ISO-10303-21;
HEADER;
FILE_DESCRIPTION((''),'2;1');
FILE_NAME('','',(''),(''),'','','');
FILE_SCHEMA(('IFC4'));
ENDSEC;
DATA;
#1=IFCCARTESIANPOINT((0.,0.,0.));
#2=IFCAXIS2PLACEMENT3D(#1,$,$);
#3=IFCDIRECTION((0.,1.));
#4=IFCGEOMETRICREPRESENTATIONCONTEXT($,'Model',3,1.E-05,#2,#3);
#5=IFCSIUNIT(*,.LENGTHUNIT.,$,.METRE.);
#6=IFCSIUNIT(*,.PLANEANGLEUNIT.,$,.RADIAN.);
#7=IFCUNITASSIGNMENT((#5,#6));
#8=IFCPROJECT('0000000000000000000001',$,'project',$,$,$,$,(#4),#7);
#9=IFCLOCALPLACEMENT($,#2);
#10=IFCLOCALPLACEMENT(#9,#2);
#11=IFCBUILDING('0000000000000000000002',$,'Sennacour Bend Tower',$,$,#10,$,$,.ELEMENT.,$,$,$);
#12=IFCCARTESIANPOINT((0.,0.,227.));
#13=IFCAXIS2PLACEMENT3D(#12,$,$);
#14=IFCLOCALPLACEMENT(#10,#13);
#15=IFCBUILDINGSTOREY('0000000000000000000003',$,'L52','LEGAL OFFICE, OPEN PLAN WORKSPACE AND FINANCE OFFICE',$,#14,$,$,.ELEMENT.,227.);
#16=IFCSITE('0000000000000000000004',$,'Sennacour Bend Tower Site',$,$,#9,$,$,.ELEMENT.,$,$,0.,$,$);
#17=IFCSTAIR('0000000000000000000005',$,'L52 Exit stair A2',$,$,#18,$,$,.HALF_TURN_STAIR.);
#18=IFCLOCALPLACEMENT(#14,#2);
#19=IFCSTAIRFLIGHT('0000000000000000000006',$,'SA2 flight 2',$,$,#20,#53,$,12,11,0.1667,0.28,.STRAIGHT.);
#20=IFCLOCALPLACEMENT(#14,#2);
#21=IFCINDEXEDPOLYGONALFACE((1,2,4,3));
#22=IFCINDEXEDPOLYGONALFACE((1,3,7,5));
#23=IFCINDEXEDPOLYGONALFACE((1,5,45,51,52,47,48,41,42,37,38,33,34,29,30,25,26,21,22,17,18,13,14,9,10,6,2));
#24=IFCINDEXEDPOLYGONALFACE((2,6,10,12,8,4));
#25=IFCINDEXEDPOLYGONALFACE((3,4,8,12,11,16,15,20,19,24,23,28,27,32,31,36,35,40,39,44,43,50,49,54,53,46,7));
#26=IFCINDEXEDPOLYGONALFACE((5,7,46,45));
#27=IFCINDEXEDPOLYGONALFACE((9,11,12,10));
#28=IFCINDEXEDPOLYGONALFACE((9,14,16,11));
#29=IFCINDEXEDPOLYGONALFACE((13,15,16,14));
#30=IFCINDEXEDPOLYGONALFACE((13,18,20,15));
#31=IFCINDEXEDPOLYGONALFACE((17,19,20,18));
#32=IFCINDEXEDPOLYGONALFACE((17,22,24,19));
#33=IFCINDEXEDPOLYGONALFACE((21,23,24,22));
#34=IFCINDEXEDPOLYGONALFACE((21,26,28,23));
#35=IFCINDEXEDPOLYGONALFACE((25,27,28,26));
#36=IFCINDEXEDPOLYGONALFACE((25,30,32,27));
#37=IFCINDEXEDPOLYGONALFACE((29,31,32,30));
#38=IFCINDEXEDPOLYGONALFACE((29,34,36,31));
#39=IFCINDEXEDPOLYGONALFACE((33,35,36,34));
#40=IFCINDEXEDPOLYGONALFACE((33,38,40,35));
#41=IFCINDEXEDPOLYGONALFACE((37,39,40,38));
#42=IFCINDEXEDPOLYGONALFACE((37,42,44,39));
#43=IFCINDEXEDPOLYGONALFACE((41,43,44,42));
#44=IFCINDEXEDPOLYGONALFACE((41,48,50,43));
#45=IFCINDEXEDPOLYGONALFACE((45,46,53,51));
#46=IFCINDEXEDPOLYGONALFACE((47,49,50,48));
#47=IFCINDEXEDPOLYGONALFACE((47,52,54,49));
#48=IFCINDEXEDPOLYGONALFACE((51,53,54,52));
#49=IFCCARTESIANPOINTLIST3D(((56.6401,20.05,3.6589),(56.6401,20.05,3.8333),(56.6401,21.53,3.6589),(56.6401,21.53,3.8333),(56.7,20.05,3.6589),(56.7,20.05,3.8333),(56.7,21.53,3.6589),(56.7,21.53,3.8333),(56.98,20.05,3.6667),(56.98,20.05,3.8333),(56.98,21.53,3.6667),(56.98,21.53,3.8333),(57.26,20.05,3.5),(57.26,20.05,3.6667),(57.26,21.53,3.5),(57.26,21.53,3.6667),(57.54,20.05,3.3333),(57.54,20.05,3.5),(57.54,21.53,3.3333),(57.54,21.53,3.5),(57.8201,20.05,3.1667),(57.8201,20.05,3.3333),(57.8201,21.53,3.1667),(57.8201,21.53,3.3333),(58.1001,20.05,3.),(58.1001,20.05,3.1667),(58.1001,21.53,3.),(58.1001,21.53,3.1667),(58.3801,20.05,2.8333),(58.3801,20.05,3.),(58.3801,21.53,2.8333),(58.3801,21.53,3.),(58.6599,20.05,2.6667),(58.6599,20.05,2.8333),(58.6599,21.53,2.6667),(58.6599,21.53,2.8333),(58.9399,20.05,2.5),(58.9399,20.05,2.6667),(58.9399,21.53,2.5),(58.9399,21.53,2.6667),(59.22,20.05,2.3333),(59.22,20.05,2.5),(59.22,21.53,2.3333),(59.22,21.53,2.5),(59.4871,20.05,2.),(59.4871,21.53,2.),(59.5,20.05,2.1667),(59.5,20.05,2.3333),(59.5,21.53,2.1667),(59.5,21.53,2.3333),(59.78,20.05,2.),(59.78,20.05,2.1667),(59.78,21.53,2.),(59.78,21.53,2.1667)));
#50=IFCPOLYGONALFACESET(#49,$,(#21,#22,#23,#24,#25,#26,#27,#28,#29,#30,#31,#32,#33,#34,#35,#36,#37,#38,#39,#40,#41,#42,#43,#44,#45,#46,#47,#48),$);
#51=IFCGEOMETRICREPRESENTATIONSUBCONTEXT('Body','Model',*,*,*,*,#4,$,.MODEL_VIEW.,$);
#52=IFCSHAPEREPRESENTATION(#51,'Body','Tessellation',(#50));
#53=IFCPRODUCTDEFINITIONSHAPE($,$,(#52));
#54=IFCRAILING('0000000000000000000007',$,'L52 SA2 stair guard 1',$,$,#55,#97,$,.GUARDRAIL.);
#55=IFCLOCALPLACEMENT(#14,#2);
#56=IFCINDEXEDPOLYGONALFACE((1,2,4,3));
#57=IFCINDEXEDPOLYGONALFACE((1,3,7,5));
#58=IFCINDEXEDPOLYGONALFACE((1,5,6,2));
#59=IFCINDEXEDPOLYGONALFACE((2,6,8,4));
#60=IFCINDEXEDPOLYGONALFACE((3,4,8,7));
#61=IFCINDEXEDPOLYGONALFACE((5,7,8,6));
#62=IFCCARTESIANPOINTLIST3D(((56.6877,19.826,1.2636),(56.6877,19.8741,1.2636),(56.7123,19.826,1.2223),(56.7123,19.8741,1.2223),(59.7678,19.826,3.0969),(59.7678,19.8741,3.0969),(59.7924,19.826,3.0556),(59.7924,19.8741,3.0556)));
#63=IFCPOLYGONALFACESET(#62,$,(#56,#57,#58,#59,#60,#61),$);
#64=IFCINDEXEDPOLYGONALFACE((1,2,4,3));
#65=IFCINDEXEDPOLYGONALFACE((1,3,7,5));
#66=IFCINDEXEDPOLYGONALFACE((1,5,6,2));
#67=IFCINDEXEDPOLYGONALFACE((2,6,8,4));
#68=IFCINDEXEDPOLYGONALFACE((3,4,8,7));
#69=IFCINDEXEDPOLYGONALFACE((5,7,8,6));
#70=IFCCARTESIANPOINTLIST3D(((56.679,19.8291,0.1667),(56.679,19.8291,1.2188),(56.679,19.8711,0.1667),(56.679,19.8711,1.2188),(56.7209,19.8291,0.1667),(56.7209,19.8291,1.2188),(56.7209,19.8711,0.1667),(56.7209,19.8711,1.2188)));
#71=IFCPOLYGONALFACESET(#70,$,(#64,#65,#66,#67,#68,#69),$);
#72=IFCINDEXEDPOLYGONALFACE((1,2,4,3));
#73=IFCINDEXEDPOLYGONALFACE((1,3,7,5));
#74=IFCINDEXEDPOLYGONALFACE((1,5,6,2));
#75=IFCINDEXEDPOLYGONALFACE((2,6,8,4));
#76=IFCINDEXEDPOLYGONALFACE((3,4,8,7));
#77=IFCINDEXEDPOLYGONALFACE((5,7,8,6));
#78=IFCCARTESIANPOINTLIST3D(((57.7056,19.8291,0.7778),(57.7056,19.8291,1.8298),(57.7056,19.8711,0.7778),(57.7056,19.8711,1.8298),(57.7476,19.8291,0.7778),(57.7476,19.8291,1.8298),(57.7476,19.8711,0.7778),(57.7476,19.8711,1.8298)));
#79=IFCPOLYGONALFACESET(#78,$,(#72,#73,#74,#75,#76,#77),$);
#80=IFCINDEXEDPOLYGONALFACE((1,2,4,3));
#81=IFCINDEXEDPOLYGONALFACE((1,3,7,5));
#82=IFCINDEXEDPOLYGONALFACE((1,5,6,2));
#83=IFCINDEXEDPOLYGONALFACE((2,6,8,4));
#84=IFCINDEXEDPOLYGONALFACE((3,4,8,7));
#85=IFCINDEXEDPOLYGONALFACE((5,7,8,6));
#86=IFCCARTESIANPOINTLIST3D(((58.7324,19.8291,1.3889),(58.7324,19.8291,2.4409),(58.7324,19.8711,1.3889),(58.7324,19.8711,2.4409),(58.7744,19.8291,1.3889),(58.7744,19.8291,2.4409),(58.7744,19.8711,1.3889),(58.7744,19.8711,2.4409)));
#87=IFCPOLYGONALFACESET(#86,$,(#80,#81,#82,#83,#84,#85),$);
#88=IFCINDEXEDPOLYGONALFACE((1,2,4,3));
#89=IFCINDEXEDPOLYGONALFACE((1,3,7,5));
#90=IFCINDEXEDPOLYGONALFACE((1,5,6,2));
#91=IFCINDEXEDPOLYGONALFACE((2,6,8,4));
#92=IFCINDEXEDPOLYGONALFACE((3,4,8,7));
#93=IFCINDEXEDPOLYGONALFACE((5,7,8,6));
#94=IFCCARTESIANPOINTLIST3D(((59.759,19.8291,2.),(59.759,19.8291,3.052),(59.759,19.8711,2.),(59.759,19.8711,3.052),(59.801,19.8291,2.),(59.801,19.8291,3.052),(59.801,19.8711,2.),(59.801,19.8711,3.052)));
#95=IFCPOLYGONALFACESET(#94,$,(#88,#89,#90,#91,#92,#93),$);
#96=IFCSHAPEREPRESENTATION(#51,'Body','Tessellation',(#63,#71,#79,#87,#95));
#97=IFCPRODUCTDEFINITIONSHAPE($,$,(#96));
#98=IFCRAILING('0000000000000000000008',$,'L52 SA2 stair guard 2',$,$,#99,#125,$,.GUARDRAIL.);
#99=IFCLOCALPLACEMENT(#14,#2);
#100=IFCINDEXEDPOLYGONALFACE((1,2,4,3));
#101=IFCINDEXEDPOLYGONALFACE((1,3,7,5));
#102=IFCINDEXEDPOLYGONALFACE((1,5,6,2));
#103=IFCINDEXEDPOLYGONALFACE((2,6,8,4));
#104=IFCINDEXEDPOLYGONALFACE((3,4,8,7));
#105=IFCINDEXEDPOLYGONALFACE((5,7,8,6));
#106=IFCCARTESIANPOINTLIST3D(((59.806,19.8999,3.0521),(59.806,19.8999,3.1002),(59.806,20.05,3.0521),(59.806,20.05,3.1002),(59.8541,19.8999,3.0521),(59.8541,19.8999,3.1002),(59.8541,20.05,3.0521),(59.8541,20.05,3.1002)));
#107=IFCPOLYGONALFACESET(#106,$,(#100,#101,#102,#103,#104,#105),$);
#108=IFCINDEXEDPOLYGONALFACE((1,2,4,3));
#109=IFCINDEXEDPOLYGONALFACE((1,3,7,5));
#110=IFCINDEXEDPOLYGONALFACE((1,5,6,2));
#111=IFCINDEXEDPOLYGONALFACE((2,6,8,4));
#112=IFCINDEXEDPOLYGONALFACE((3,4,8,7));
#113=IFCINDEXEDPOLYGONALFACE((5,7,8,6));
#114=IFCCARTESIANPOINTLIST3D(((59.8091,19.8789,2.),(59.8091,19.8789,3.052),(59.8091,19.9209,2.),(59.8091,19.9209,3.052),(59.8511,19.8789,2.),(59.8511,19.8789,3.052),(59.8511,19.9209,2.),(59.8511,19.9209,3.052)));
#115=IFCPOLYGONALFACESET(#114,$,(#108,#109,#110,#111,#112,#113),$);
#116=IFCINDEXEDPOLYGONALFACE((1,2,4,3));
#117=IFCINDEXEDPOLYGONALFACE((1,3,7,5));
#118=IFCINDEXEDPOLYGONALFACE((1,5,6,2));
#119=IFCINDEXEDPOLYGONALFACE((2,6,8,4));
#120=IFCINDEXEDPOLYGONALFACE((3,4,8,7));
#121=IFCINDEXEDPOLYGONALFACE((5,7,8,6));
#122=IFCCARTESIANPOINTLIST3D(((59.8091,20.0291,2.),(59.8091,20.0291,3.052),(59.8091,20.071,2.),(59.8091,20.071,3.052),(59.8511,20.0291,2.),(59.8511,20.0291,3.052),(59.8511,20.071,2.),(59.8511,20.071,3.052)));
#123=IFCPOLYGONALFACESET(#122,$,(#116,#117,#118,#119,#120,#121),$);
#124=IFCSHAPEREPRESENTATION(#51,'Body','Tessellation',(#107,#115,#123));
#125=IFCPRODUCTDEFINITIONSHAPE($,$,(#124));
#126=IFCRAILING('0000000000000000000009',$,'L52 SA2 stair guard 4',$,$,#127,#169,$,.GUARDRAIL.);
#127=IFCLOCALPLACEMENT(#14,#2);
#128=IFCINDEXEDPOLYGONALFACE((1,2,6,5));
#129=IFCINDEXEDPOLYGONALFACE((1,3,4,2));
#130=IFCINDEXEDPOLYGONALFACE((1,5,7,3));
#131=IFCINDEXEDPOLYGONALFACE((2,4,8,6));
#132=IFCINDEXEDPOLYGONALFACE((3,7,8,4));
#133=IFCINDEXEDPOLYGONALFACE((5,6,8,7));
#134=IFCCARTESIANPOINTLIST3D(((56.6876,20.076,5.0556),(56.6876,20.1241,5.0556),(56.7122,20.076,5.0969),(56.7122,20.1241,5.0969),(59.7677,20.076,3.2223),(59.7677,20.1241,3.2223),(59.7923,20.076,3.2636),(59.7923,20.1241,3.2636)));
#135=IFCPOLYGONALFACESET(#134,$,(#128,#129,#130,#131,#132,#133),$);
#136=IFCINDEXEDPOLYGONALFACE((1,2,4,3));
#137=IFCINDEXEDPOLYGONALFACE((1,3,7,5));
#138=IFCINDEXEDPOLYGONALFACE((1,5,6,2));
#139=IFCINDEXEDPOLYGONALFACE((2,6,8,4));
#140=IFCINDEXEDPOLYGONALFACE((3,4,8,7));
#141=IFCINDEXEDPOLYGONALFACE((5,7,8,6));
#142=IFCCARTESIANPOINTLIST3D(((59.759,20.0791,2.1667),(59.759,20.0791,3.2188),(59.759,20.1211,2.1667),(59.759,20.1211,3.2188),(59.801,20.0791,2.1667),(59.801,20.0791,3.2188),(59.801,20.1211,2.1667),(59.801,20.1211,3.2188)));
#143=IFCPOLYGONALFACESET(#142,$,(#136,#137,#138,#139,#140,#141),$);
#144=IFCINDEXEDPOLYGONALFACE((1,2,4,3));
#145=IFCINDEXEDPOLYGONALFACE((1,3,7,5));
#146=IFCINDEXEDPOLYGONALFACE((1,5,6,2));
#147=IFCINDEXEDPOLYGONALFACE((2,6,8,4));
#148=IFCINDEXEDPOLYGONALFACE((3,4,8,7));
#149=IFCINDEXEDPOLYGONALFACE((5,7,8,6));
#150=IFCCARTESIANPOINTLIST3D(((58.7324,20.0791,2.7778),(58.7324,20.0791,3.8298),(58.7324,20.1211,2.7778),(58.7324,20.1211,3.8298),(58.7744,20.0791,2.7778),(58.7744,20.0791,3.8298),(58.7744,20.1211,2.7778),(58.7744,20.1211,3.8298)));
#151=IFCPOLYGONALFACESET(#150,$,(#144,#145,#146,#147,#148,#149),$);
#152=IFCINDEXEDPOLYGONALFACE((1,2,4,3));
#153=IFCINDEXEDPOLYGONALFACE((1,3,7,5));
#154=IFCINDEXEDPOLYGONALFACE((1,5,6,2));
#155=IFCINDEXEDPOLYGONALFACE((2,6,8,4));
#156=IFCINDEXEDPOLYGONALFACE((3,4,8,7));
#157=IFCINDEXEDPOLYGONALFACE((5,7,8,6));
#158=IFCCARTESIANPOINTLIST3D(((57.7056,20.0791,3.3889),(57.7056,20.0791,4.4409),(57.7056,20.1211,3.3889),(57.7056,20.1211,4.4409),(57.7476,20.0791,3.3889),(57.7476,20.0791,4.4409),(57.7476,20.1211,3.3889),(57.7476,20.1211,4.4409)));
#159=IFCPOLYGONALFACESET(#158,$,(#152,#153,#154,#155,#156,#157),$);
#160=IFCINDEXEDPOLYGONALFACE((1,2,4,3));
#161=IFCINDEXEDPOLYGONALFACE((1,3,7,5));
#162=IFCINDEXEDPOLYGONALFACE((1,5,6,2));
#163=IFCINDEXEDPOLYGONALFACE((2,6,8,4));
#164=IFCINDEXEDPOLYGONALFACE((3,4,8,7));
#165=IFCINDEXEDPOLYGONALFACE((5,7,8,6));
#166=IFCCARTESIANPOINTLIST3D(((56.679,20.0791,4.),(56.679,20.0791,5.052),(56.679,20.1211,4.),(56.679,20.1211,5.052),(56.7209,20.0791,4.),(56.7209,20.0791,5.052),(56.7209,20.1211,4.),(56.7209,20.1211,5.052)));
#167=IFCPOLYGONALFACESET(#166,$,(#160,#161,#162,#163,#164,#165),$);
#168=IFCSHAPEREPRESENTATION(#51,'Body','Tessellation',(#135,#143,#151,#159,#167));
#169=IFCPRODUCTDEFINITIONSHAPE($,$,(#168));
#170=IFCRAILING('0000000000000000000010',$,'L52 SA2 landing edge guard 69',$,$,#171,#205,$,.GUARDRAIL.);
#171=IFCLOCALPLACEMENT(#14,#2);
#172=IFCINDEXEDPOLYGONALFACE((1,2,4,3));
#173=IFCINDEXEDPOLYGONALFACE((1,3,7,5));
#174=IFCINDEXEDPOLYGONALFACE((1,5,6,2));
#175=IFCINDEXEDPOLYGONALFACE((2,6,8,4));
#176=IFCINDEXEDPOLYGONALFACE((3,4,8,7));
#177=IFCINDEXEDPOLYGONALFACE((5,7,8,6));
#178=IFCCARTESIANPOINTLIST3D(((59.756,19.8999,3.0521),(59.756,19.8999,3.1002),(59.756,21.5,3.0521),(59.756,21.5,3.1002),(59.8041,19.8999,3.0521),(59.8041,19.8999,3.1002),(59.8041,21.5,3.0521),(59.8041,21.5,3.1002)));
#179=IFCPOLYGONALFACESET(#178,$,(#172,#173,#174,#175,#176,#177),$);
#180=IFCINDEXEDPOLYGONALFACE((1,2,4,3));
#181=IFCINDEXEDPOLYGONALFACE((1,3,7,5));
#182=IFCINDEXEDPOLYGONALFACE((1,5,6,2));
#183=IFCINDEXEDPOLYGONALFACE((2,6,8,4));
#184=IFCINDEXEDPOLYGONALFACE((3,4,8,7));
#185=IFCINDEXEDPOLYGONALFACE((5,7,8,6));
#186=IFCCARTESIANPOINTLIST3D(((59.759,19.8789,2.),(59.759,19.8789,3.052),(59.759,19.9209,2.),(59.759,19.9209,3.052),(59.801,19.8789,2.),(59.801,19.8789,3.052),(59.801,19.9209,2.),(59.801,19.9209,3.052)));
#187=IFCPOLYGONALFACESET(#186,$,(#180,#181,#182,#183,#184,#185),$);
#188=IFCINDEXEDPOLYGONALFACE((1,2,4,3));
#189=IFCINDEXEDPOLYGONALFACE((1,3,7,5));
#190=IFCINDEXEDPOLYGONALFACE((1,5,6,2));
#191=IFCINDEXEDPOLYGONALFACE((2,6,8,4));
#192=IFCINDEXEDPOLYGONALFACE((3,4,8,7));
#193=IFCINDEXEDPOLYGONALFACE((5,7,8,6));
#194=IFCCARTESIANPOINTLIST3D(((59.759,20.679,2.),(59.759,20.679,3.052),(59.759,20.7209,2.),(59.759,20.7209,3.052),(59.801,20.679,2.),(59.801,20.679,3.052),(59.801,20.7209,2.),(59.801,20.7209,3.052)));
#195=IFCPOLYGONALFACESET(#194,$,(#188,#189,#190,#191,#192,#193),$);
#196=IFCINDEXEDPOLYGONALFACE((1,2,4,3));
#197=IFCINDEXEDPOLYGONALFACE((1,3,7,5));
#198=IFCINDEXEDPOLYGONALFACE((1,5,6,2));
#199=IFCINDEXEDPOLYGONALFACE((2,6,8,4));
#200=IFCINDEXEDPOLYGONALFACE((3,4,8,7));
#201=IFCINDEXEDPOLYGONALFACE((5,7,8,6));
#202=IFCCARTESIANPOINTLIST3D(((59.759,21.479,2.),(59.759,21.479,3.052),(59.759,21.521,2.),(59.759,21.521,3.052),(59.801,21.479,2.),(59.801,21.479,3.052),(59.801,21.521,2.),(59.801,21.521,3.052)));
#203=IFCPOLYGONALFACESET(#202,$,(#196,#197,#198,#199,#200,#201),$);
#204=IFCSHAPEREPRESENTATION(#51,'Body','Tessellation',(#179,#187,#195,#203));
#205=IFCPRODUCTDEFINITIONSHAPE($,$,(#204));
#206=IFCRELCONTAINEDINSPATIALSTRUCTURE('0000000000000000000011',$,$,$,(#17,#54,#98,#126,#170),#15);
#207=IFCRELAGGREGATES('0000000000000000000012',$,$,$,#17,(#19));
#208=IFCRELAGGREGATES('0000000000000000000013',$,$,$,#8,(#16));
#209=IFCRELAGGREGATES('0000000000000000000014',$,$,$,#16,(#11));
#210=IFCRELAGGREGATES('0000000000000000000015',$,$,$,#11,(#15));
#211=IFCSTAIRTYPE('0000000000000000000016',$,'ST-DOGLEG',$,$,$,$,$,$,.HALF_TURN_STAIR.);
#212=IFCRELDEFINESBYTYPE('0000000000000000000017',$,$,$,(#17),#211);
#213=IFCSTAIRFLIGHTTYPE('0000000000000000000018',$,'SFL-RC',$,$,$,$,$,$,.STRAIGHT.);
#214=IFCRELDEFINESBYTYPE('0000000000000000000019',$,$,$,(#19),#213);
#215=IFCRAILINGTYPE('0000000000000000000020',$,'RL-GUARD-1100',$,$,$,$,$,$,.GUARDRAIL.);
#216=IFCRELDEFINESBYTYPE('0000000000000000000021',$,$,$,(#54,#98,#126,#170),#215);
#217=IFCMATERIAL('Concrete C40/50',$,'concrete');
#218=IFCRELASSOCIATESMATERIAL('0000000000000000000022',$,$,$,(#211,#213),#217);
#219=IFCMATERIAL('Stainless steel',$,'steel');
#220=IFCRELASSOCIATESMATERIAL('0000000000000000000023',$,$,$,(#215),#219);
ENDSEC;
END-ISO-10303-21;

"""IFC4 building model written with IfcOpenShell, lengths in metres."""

from ifc_helpers import new_model, si_unit, direction, frame, origin, origin_2d, place, context, subcontext, project, spatial, polyline, rectangle, outline, extrude, material, type_object, element, aggregate, save


model = new_model("IFC4")

# Units and contexts
model_context = context("Model", 3, precision=1e-05, world=origin(), true_north=direction((0.0, 1.0)))
body_context = subcontext(model_context, "Body", "Model", "MODEL_VIEW")
ifc_project = project(units=[si_unit("LENGTHUNIT", "METRE"), si_unit("PLANEANGLEUNIT", "RADIAN")], contexts=[model_context])

# Site, building, storey
site_placement = place(None, origin())
site = spatial("IfcSite", under=ifc_project, at=site_placement, Name="Sennacour Bend Tower Site", CompositionType="ELEMENT", RefElevation=0.0)
building_placement = place(site_placement, origin())
building = spatial("IfcBuilding", under=site, at=building_placement, Name="Sennacour Bend Tower", CompositionType="ELEMENT")
storey_placement = place(building_placement, frame((0.0, 0.0, 227.0)))
storey = spatial("IfcBuildingStorey", under=building, at=storey_placement, Name="L52", Description="LEGAL OFFICE, OPEN PLAN WORKSPACE AND FINANCE OFFICE", CompositionType="ELEMENT", Elevation=227.0)

# Shared definitions
ifc_material_1 = material(Name="Stainless steel", Category="steel")

# Stair, stair flight
ifc_material_2 = material(Name="Concrete C40/50", Category="concrete")
stair_type = type_object("IfcStairType", Name="ST-DOGLEG", PredefinedType="HALF_TURN_STAIR", material=ifc_material_2)
stair_placement = place(storey_placement, origin())
stair = element("IfcStair", 1, at=stair_placement, inside=storey, type_object=stair_type, Name="L52 Exit stair A2", PredefinedType="HALF_TURN_STAIR")
stair_flight_type = type_object("IfcStairFlightType", Name="SFL-RC", PredefinedType="STRAIGHT", material=ifc_material_2)
stair_flight_1_placement = place(storey_placement, frame((59.78, 20.79, 2.0), z_axis=(0.0, 0.0, 1.0), x_axis=(-1.0, 0.0, 0.0)))
stair_flight_1 = element("IfcStairFlight", 2, at=stair_flight_1_placement, type_object=stair_flight_type, Name="SA2 flight 2", NumberOfRisers=12, NumberOfTreads=11, PredefinedType="STRAIGHT", RiserHeight=0.1667, TreadLength=0.28, context=body_context, shape_type="SweptSolid", body=[
    extrude(outline(polyline([(0.0, 0.0), (0.0, 0.1667), (0.28, 0.1667), (0.28, 0.3333), (0.5601, 0.3333), (0.5601, 0.5), (0.8401, 0.5), (0.8401, 0.6667), (1.1201, 0.6667), (1.1201, 0.8333), (1.3999, 0.8333), (1.3999, 1.0), (1.6799, 1.0), (1.6799, 1.1667), (1.96, 1.1667), (1.96, 1.3333), (2.24, 1.3333), (2.24, 1.5), (2.52, 1.5), (2.52, 1.6667), (2.8, 1.6667), (2.8, 1.8333), (3.0801, 1.8333), (3.1399, 1.8333), (3.1399, 1.6589), (3.0801, 1.6589), (0.293, 0.0), (0.0, 0.0)])), frame((0.0, 0.74, 0.0), z_axis=(0.0, -1.0, 0.0), x_axis=(1.0, 0.0, 0.0)), (0.0, 0.0, 1.0), 1.48),
])
aggregate(stair, [stair_flight_1])

# Railings
railing_type_1 = type_object("IfcRailingType", Name="RL-GUARD-1100", PredefinedType="GUARDRAIL", material=ifc_material_1)
railing_1_placement = place(storey_placement, frame((56.7, 19.8501, 0.1667)))
element("IfcRailing", 3, at=railing_1_placement, inside=storey, type_object=railing_type_1, Name="L52 SA2 stair guard 1", PredefinedType="GUARDRAIL", context=body_context, shape_type="SweptSolid", body=[
    extrude(rectangle(XDim=0.0481, YDim=0.0481, at=origin_2d()), frame((0.0, 0.0, 1.0762), z_axis=(0.859309, 0.0, 0.511458), x_axis=(0.0, 1.0, 0.0)), (0.0, 0.0, 1.0), 3.5845),
    extrude(rectangle(XDim=0.042, YDim=0.042, at=origin_2d()), origin(), (0.0, 0.0, 1.0), 1.052),
    extrude(rectangle(XDim=0.042, YDim=0.042, at=origin_2d()), frame((1.0266, 0.0, 0.6111)), (0.0, 0.0, 1.0), 1.052),
    extrude(rectangle(XDim=0.042, YDim=0.042, at=origin_2d()), frame((2.0535, 0.0, 1.2222)), (0.0, 0.0, 1.0), 1.052),
    extrude(rectangle(XDim=0.042, YDim=0.042, at=origin_2d()), frame((3.0801, 0.0, 1.8333)), (0.0, 0.0, 1.0), 1.052),
])
railing_2_placement = place(storey_placement, frame((59.8301, 19.8999, 2.0)))
element("IfcRailing", 4, at=railing_2_placement, inside=storey, type_object=railing_type_1, Name="L52 SA2 stair guard 2", PredefinedType="GUARDRAIL", context=body_context, shape_type="SweptSolid", body=[
    extrude(rectangle(XDim=0.0481, YDim=0.0481, at=origin_2d()), frame((0.0, 0.0, 1.0762), z_axis=(0.0, 1.0, 0.0), x_axis=(-1.0, 0.0, 0.0)), (0.0, 0.0, 1.0), 0.1501),
    extrude(rectangle(XDim=0.042, YDim=0.042, at=origin_2d()), origin(), (0.0, 0.0, 1.0), 1.052),
    extrude(rectangle(XDim=0.042, YDim=0.042, at=origin_2d()), frame((0.0, 0.1501, 0.0)), (0.0, 0.0, 1.0), 1.052),
])
railing_3_placement = place(storey_placement, frame((59.78, 20.1001, 2.1667)))
element("IfcRailing", 5, at=railing_3_placement, inside=storey, type_object=railing_type_1, Name="L52 SA2 stair guard 4", PredefinedType="GUARDRAIL", context=body_context, shape_type="SweptSolid", body=[
    extrude(rectangle(XDim=0.0481, YDim=0.0481, at=origin_2d()), frame((0.0, 0.0, 1.0762), z_axis=(-0.859309, 0.0, 0.511458), x_axis=(0.0, -1.0, 0.0)), (0.0, 0.0, 1.0), 3.5845),
    extrude(rectangle(XDim=0.042, YDim=0.042, at=origin_2d()), origin(), (0.0, 0.0, 1.0), 1.052),
    extrude(rectangle(XDim=0.042, YDim=0.042, at=origin_2d()), frame((-1.0266, 0.0, 0.6111)), (0.0, 0.0, 1.0), 1.052),
    extrude(rectangle(XDim=0.042, YDim=0.042, at=origin_2d()), frame((-2.0535, 0.0, 1.2222)), (0.0, 0.0, 1.0), 1.052),
    extrude(rectangle(XDim=0.042, YDim=0.042, at=origin_2d()), frame((-3.0801, 0.0, 1.8333)), (0.0, 0.0, 1.0), 1.052),
])
railing_4_placement = place(storey_placement, frame((59.78, 19.8999, 2.0)))
element("IfcRailing", 6, at=railing_4_placement, inside=storey, type_object=railing_type_1, Name="L52 SA2 landing edge guard 69", PredefinedType="GUARDRAIL", context=body_context, shape_type="SweptSolid", body=[
    extrude(rectangle(XDim=0.0481, YDim=0.0481, at=origin_2d()), frame((0.0, 0.0, 1.0762), z_axis=(0.0, 1.0, 0.0), x_axis=(-1.0, 0.0, 0.0)), (0.0, 0.0, 1.0), 1.6001),
    extrude(rectangle(XDim=0.042, YDim=0.042, at=origin_2d()), origin(), (0.0, 0.0, 1.0), 1.052),
    extrude(rectangle(XDim=0.042, YDim=0.042, at=origin_2d()), frame((0.0, 0.8, 0.0)), (0.0, 0.0, 1.0), 1.052),
    extrude(rectangle(XDim=0.042, YDim=0.042, at=origin_2d()), frame((0.0, 1.6001, 0.0)), (0.0, 0.0, 1.0), 1.052),
])

save(model, "model.ifc")
